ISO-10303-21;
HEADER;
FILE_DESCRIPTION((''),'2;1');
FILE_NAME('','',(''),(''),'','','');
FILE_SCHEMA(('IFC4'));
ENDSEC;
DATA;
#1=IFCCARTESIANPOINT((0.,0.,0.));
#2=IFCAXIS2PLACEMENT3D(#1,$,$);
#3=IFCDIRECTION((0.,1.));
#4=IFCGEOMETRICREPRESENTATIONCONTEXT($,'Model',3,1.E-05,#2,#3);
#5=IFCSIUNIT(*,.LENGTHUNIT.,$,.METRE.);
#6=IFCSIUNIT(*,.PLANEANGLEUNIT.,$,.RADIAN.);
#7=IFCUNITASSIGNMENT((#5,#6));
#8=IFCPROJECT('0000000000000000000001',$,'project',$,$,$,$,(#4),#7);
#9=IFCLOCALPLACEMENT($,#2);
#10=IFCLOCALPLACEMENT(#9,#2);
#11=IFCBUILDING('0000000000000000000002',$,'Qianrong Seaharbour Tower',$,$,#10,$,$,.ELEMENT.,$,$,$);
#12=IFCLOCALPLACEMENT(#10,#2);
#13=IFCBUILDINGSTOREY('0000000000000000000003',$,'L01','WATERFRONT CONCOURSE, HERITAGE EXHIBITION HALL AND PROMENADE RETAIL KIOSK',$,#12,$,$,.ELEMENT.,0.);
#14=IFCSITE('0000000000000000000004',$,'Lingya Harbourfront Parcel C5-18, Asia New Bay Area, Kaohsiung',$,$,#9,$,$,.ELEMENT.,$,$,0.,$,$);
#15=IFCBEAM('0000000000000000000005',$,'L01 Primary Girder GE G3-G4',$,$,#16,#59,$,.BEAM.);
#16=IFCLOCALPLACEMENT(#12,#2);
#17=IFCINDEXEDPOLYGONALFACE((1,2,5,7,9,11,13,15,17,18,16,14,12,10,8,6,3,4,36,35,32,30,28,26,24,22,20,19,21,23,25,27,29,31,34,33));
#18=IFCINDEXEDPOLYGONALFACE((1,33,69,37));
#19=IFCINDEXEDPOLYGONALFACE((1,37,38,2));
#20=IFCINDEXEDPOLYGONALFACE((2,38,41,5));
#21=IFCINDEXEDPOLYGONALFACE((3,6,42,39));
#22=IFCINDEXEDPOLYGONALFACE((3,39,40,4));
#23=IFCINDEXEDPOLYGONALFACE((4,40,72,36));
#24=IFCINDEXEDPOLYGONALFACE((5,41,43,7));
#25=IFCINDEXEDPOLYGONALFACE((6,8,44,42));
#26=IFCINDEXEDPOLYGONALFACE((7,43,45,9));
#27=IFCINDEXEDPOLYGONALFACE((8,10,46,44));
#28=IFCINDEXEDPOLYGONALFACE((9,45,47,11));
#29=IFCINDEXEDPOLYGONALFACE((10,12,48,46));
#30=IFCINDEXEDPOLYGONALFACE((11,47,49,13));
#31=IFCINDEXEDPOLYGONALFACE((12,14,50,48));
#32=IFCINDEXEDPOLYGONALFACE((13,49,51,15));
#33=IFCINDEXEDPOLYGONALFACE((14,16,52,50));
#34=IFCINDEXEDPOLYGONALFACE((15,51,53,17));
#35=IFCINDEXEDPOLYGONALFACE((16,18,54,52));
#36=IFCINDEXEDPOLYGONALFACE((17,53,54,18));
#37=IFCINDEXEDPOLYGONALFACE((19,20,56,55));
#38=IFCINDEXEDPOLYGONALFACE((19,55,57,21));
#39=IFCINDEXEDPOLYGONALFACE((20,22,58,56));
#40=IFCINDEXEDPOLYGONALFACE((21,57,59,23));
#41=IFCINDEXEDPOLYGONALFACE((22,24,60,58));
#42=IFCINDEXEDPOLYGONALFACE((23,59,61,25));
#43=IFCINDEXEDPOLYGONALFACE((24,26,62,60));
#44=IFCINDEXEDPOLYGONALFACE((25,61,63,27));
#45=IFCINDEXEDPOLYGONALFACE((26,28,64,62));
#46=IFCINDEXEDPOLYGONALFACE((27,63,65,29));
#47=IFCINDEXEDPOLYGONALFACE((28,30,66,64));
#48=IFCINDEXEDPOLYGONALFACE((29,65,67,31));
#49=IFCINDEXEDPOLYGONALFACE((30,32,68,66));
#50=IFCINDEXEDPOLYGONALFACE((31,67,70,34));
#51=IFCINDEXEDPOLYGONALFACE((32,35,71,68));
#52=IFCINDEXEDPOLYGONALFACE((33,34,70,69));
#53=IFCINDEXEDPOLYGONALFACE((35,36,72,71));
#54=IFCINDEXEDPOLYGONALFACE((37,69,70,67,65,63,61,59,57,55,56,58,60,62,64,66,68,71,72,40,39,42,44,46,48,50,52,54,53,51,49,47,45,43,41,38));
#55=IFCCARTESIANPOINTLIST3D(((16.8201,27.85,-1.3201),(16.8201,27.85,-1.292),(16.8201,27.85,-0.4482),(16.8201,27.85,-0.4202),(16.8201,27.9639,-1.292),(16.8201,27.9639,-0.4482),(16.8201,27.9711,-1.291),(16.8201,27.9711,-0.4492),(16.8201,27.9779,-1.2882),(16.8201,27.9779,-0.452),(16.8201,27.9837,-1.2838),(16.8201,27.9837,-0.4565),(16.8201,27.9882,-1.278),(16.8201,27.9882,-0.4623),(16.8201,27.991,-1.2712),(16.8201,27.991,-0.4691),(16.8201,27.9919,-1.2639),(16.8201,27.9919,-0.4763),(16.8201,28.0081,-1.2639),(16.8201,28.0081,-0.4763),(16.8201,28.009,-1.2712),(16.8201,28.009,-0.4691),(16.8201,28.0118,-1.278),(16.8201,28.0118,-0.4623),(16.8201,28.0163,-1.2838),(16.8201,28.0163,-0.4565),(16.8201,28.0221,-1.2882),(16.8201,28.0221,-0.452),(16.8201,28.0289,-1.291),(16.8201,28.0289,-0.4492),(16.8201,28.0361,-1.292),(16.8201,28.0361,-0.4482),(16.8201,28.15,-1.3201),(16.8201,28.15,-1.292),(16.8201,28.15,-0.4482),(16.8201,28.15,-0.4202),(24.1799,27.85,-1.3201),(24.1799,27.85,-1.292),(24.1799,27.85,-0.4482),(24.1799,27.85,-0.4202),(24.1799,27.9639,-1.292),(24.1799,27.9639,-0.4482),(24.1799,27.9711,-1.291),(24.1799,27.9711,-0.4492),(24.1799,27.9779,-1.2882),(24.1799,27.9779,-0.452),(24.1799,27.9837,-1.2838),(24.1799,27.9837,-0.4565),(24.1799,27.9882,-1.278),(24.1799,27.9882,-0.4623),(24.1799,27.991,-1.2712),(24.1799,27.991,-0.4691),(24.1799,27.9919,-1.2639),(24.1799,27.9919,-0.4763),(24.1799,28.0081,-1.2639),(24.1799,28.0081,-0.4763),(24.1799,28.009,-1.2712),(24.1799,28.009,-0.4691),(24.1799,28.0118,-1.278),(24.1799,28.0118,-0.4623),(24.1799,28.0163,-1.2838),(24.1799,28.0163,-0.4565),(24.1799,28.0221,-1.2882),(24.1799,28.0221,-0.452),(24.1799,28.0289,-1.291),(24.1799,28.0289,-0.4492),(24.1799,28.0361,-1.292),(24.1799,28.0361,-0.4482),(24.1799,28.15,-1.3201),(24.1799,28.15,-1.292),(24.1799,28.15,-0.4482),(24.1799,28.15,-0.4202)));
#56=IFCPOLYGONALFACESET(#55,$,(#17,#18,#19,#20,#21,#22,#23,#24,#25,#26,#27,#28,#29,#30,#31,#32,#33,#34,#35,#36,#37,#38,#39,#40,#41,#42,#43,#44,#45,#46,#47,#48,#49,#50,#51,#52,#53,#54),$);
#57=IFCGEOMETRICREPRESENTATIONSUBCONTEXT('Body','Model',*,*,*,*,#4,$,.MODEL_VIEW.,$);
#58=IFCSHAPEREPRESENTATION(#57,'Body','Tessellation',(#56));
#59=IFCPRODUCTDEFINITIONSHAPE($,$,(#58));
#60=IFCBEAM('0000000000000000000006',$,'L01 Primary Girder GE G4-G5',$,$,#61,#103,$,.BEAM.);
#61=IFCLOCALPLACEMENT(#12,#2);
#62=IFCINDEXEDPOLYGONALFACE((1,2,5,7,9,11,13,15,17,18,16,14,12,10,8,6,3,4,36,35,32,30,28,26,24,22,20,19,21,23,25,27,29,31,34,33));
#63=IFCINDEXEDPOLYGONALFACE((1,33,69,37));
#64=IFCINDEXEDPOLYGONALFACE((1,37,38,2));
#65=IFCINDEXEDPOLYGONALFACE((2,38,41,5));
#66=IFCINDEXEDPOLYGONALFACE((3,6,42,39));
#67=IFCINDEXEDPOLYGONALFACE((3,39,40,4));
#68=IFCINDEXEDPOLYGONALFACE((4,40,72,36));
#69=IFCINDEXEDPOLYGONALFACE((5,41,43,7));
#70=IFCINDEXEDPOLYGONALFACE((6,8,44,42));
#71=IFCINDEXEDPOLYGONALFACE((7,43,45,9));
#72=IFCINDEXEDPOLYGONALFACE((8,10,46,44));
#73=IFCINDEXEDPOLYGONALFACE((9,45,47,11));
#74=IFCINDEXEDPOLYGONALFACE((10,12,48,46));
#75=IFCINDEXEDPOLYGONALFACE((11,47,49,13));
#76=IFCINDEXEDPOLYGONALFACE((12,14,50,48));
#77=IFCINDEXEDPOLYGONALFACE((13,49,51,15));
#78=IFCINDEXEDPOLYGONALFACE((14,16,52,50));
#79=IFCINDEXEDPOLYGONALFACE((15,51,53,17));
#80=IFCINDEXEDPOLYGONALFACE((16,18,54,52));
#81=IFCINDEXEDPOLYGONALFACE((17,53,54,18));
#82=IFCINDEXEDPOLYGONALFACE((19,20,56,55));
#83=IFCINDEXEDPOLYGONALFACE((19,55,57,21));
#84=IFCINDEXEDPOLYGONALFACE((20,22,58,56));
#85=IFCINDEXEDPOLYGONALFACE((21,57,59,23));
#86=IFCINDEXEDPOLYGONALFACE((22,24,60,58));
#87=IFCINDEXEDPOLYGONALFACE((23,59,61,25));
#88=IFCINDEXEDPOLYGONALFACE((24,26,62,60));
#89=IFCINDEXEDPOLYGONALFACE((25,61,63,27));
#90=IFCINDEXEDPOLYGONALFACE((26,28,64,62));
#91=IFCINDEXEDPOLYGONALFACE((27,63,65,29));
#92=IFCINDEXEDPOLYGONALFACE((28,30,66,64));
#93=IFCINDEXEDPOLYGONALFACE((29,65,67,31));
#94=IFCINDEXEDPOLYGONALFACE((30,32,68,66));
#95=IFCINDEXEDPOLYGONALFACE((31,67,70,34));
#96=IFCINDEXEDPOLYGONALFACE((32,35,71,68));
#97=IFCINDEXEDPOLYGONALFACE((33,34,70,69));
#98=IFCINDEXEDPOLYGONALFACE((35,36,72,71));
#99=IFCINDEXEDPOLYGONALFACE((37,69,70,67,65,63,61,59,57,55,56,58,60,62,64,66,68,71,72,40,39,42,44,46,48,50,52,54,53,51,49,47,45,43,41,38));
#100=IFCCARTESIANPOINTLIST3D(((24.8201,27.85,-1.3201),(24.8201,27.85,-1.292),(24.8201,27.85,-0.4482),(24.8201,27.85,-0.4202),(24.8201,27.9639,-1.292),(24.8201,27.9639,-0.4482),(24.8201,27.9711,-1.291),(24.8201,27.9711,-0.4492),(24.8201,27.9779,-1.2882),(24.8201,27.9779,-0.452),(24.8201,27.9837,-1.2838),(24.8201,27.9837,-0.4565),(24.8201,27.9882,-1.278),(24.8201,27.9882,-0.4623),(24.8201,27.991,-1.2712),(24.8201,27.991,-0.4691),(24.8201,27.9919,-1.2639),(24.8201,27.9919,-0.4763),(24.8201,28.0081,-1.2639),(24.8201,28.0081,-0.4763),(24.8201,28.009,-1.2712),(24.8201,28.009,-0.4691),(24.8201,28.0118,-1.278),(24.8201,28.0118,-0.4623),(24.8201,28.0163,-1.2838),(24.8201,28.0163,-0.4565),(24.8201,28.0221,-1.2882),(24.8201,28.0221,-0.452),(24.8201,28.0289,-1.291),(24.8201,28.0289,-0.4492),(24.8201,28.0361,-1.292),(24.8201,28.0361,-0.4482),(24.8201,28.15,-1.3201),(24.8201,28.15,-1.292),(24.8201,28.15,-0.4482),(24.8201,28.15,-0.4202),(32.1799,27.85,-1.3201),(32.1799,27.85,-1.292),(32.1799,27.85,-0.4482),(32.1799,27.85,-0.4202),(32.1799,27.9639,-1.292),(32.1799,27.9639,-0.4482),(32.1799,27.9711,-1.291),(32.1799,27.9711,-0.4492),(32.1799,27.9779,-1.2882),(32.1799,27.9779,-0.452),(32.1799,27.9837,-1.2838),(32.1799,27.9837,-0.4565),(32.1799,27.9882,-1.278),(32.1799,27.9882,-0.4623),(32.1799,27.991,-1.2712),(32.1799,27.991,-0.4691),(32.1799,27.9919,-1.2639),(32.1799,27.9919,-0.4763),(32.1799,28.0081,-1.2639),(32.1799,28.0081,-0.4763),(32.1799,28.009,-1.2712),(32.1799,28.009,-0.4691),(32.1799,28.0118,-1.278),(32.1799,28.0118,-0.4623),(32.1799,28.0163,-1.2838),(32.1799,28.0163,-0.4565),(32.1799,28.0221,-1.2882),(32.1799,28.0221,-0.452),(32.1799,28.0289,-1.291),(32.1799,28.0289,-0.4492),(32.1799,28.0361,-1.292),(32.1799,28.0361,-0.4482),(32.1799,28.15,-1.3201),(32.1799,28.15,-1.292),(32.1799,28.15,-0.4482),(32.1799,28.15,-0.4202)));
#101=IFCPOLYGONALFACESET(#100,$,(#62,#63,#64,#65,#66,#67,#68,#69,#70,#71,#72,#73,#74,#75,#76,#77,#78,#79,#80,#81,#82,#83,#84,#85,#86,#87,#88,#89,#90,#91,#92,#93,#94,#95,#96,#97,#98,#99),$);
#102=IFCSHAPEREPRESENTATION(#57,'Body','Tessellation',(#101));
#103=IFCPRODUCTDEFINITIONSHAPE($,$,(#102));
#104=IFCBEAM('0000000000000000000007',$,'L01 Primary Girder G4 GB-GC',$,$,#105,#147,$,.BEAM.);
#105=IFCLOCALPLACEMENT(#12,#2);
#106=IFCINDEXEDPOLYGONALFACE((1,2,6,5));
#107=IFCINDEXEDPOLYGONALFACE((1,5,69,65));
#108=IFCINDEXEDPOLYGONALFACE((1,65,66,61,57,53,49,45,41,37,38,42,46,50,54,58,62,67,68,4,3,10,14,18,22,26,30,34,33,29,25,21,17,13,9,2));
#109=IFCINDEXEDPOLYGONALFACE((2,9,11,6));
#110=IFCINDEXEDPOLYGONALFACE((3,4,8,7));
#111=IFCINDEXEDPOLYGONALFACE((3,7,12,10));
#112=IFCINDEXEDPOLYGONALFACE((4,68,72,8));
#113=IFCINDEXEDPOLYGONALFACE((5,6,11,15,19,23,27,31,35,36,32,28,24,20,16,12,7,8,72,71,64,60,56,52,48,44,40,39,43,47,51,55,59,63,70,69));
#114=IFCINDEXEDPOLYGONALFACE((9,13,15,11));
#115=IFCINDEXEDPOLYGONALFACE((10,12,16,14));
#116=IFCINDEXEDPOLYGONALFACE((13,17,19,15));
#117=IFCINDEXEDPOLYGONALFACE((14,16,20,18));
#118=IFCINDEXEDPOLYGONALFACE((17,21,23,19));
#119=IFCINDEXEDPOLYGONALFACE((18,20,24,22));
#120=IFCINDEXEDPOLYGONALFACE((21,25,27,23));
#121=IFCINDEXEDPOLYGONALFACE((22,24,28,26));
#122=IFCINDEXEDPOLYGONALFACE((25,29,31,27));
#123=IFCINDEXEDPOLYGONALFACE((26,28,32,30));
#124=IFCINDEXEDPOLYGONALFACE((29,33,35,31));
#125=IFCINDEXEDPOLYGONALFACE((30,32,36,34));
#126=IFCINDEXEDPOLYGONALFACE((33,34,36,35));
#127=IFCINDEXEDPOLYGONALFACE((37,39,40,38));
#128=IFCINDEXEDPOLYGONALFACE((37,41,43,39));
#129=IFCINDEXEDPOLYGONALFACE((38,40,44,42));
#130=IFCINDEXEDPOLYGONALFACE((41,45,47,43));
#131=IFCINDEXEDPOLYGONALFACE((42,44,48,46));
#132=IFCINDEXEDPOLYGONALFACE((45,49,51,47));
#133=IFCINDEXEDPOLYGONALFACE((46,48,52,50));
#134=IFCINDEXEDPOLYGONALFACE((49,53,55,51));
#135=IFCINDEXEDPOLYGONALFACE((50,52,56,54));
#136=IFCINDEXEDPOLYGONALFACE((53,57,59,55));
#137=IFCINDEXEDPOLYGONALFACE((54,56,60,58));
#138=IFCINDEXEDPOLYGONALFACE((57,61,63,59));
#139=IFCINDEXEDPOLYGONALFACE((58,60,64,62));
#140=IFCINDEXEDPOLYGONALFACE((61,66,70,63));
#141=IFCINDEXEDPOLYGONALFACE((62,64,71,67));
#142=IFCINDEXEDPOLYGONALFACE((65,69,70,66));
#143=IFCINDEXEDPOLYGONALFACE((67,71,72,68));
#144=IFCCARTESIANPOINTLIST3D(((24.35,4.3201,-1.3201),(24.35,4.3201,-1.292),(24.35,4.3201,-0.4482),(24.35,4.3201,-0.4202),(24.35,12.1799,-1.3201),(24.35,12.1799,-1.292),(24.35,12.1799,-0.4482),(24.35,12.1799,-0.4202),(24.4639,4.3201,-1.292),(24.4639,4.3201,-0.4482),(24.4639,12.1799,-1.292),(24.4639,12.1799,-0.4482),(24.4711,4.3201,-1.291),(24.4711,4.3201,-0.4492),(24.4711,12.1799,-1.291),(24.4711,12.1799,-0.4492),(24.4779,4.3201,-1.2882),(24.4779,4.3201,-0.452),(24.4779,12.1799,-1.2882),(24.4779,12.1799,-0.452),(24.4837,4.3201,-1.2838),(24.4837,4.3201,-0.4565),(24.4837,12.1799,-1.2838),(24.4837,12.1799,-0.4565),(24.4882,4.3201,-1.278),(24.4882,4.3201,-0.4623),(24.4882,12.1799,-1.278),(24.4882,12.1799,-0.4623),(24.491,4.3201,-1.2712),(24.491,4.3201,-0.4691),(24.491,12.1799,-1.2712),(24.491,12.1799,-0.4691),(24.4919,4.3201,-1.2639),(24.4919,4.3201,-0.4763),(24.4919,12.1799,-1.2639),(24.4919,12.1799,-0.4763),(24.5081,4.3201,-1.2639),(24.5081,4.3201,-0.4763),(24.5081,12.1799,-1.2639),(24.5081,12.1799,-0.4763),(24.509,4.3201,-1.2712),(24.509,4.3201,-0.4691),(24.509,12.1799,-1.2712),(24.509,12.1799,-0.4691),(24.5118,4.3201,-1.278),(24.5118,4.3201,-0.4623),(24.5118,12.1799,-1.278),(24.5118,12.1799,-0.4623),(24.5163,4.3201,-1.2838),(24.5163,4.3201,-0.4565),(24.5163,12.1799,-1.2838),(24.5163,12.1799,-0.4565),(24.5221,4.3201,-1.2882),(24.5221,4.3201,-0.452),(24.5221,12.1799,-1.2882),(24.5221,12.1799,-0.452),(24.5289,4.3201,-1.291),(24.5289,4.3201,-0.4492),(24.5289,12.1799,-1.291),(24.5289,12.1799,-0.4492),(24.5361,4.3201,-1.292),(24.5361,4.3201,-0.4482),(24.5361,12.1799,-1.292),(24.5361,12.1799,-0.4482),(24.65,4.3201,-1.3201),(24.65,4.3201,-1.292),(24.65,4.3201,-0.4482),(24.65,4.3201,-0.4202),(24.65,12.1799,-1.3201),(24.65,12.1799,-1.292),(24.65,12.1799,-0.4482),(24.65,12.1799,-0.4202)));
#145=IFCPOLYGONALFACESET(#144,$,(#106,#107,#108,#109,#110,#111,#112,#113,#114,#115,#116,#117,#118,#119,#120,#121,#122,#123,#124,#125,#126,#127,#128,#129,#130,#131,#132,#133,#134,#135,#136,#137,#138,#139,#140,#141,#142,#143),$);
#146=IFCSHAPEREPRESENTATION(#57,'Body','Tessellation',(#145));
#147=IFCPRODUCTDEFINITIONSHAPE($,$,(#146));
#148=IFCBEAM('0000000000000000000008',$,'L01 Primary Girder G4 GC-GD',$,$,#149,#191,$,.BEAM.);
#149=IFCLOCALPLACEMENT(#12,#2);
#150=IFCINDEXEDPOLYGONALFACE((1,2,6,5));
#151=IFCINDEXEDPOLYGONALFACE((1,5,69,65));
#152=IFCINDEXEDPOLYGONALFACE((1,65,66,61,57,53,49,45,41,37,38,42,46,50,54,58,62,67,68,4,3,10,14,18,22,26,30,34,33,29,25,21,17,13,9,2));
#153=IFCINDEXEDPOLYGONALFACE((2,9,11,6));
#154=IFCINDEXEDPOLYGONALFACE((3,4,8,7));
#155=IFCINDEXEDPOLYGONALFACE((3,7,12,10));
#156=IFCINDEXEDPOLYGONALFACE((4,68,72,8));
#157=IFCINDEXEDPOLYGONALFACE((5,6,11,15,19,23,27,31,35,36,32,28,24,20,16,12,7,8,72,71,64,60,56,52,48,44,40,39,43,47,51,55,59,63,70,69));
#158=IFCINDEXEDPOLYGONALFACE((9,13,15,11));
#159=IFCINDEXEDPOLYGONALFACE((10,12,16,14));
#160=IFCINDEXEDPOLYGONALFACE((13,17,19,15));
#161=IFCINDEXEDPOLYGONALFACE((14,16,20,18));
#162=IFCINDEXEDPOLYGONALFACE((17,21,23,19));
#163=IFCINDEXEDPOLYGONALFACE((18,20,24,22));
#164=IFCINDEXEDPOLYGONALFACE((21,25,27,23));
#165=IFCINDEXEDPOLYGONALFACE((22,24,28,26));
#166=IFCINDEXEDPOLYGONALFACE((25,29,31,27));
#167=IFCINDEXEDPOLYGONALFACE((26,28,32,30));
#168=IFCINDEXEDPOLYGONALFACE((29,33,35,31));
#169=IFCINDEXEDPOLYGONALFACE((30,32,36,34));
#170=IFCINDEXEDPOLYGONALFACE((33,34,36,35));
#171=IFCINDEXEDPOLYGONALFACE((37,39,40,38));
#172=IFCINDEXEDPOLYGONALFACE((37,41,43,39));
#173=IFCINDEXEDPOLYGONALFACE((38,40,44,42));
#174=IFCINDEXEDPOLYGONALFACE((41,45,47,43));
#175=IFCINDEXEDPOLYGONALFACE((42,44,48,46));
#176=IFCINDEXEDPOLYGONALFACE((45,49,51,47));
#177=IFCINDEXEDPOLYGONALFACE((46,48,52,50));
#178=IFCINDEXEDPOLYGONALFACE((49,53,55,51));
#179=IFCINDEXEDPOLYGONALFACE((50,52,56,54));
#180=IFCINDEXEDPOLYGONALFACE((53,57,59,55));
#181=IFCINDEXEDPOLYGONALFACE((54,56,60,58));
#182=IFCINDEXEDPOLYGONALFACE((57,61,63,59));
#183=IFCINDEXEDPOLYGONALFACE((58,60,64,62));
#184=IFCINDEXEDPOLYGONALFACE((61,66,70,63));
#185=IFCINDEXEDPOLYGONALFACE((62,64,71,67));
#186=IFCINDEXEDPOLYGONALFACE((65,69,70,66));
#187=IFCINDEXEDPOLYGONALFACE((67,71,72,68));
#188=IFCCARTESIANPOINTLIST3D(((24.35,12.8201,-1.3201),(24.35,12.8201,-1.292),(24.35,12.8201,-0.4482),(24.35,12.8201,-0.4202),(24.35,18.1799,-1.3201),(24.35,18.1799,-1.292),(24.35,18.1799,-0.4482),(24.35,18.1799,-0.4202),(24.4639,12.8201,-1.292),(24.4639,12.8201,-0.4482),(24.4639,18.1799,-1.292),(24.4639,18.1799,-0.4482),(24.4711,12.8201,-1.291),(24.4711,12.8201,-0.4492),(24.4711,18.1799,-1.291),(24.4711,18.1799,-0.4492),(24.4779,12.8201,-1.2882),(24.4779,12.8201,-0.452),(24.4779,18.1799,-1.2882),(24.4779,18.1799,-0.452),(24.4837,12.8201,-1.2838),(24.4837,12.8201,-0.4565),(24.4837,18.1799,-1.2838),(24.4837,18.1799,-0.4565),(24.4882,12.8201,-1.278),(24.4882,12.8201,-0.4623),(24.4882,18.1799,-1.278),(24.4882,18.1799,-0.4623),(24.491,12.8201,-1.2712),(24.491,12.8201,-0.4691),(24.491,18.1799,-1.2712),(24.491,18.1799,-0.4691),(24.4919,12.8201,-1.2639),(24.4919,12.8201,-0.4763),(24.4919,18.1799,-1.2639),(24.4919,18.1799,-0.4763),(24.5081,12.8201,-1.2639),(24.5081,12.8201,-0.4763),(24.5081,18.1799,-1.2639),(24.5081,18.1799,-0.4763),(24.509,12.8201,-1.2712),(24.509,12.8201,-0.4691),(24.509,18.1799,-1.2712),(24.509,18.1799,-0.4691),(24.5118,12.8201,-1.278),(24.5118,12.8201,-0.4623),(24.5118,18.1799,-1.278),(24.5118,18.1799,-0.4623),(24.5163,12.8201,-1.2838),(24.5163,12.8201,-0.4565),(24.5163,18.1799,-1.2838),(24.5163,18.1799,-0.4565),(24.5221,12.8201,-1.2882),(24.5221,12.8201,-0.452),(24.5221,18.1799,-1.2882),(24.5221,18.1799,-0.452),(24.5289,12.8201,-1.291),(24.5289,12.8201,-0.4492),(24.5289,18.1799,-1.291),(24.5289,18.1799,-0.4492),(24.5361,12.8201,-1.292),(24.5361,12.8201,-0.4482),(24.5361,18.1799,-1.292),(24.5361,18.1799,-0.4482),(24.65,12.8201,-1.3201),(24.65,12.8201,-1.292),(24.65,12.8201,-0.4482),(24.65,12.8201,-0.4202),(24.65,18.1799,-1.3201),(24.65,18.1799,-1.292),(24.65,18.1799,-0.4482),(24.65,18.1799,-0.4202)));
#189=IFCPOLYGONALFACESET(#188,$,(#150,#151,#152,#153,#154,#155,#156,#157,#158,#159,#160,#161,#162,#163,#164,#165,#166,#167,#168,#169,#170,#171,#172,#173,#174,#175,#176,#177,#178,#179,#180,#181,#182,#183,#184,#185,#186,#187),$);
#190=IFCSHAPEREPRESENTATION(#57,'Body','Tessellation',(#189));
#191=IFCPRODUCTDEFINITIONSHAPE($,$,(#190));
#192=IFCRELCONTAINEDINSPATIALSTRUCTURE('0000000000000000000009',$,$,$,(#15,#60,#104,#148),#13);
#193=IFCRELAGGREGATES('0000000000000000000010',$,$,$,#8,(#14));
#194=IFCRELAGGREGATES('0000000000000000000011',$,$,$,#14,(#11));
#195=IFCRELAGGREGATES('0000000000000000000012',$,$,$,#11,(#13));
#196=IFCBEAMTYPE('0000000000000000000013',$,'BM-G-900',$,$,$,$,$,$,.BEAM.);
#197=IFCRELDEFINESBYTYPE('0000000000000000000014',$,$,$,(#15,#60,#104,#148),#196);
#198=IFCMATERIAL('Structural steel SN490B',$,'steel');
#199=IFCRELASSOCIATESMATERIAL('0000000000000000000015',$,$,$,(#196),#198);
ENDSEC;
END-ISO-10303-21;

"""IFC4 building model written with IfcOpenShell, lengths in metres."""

from ifc_helpers import new_model, si_unit, direction, frame, origin, origin_2d, place, context, subcontext, project, spatial, i_section, extrude, material, material_profile, profile_set, type_object, element, save


model = new_model("IFC4")

# Units and contexts
model_context = context("Model", 3, precision=1e-05, world=origin(), true_north=direction((0.0, 1.0)))
body_context = subcontext(model_context, "Body", "Model", "MODEL_VIEW")
ifc_project = project(units=[si_unit("LENGTHUNIT", "METRE"), si_unit("PLANEANGLEUNIT", "RADIAN")], contexts=[model_context])

# Site, building, storey
site_placement = place(None, origin())
site = spatial("IfcSite", under=ifc_project, at=site_placement, Name="Lingya Harbourfront Parcel C5-18, Asia New Bay Area, Kaohsiung", CompositionType="ELEMENT", RefElevation=0.0)
building_placement = place(site_placement, origin())
building = spatial("IfcBuilding", under=site, at=building_placement, Name="Qianrong Seaharbour Tower", CompositionType="ELEMENT")
storey_placement = place(building_placement, origin())
storey = spatial("IfcBuildingStorey", under=building, at=storey_placement, Name="L01", Description="WATERFRONT CONCOURSE, HERITAGE EXHIBITION HALL AND PROMENADE RETAIL KIOSK", CompositionType="ELEMENT", Elevation=0.0)

# Shared definitions
ifc_material_1 = material(Name="Structural steel SN490B", Category="steel")

# Beams
ifc_material_profile_1 = material_profile(ifc_material_1, i_section(OverallWidth=0.3, OverallDepth=0.8999, WebThickness=0.0161, FlangeThickness=0.0281, FilletRadius=0.0281, at=origin_2d()), Name="H900x300x16x28")
ifc_profile_set_1 = profile_set([ifc_material_profile_1], Name="Structural steel SN490B")
beam_type_1 = type_object("IfcBeamType", Name="BM-G-900", PredefinedType="BEAM", material=ifc_profile_set_1)
for number, where, z_axis, x_axis, name in (
    (1, (16.8201, 28.0, -0.8701), (1.0, 0.0, 0.0), (0.0, 1.0, 0.0), "L01 Primary Girder GE G3-G4"),
    (2, (24.8201, 28.0, -0.8701), (1.0, 0.0, 0.0), (0.0, 1.0, 0.0), "L01 Primary Girder GE G4-G5"),
):
    element("IfcBeam", number, at=place(storey_placement, frame(where, z_axis=z_axis, x_axis=x_axis)), inside=storey, type_object=beam_type_1, Name=name, PredefinedType="BEAM", context=body_context, shape_type="SweptSolid", body=[
        extrude(i_section(OverallWidth=0.3, OverallDepth=0.8999, WebThickness=0.0161, FlangeThickness=0.0281, FilletRadius=0.0281, at=origin_2d()), origin(), (0.0, 0.0, 1.0), 7.3599),
    ])
beam_1_placement = place(storey_placement, frame((24.5, 4.3201, -0.8701), z_axis=(0.0, 1.0, 0.0), x_axis=(-1.0, 0.0, 0.0)))
element("IfcBeam", 3, at=beam_1_placement, inside=storey, type_object=beam_type_1, Name="L01 Primary Girder G4 GB-GC", PredefinedType="BEAM", context=body_context, shape_type="SweptSolid", body=[
    extrude(i_section(OverallWidth=0.3, OverallDepth=0.8999, WebThickness=0.0161, FlangeThickness=0.0281, FilletRadius=0.0281, at=origin_2d()), origin(), (0.0, 0.0, 1.0), 7.8599),
])
beam_2_placement = place(storey_placement, frame((24.5, 12.8201, -0.8701), z_axis=(0.0, 1.0, 0.0), x_axis=(-1.0, 0.0, 0.0)))
element("IfcBeam", 4, at=beam_2_placement, inside=storey, type_object=beam_type_1, Name="L01 Primary Girder G4 GC-GD", PredefinedType="BEAM", context=body_context, shape_type="SweptSolid", body=[
    extrude(i_section(OverallWidth=0.3, OverallDepth=0.8999, WebThickness=0.0161, FlangeThickness=0.0281, FilletRadius=0.0281, at=origin_2d()), origin(), (0.0, 0.0, 1.0), 5.3599),
])

save(model, "model.ifc")
